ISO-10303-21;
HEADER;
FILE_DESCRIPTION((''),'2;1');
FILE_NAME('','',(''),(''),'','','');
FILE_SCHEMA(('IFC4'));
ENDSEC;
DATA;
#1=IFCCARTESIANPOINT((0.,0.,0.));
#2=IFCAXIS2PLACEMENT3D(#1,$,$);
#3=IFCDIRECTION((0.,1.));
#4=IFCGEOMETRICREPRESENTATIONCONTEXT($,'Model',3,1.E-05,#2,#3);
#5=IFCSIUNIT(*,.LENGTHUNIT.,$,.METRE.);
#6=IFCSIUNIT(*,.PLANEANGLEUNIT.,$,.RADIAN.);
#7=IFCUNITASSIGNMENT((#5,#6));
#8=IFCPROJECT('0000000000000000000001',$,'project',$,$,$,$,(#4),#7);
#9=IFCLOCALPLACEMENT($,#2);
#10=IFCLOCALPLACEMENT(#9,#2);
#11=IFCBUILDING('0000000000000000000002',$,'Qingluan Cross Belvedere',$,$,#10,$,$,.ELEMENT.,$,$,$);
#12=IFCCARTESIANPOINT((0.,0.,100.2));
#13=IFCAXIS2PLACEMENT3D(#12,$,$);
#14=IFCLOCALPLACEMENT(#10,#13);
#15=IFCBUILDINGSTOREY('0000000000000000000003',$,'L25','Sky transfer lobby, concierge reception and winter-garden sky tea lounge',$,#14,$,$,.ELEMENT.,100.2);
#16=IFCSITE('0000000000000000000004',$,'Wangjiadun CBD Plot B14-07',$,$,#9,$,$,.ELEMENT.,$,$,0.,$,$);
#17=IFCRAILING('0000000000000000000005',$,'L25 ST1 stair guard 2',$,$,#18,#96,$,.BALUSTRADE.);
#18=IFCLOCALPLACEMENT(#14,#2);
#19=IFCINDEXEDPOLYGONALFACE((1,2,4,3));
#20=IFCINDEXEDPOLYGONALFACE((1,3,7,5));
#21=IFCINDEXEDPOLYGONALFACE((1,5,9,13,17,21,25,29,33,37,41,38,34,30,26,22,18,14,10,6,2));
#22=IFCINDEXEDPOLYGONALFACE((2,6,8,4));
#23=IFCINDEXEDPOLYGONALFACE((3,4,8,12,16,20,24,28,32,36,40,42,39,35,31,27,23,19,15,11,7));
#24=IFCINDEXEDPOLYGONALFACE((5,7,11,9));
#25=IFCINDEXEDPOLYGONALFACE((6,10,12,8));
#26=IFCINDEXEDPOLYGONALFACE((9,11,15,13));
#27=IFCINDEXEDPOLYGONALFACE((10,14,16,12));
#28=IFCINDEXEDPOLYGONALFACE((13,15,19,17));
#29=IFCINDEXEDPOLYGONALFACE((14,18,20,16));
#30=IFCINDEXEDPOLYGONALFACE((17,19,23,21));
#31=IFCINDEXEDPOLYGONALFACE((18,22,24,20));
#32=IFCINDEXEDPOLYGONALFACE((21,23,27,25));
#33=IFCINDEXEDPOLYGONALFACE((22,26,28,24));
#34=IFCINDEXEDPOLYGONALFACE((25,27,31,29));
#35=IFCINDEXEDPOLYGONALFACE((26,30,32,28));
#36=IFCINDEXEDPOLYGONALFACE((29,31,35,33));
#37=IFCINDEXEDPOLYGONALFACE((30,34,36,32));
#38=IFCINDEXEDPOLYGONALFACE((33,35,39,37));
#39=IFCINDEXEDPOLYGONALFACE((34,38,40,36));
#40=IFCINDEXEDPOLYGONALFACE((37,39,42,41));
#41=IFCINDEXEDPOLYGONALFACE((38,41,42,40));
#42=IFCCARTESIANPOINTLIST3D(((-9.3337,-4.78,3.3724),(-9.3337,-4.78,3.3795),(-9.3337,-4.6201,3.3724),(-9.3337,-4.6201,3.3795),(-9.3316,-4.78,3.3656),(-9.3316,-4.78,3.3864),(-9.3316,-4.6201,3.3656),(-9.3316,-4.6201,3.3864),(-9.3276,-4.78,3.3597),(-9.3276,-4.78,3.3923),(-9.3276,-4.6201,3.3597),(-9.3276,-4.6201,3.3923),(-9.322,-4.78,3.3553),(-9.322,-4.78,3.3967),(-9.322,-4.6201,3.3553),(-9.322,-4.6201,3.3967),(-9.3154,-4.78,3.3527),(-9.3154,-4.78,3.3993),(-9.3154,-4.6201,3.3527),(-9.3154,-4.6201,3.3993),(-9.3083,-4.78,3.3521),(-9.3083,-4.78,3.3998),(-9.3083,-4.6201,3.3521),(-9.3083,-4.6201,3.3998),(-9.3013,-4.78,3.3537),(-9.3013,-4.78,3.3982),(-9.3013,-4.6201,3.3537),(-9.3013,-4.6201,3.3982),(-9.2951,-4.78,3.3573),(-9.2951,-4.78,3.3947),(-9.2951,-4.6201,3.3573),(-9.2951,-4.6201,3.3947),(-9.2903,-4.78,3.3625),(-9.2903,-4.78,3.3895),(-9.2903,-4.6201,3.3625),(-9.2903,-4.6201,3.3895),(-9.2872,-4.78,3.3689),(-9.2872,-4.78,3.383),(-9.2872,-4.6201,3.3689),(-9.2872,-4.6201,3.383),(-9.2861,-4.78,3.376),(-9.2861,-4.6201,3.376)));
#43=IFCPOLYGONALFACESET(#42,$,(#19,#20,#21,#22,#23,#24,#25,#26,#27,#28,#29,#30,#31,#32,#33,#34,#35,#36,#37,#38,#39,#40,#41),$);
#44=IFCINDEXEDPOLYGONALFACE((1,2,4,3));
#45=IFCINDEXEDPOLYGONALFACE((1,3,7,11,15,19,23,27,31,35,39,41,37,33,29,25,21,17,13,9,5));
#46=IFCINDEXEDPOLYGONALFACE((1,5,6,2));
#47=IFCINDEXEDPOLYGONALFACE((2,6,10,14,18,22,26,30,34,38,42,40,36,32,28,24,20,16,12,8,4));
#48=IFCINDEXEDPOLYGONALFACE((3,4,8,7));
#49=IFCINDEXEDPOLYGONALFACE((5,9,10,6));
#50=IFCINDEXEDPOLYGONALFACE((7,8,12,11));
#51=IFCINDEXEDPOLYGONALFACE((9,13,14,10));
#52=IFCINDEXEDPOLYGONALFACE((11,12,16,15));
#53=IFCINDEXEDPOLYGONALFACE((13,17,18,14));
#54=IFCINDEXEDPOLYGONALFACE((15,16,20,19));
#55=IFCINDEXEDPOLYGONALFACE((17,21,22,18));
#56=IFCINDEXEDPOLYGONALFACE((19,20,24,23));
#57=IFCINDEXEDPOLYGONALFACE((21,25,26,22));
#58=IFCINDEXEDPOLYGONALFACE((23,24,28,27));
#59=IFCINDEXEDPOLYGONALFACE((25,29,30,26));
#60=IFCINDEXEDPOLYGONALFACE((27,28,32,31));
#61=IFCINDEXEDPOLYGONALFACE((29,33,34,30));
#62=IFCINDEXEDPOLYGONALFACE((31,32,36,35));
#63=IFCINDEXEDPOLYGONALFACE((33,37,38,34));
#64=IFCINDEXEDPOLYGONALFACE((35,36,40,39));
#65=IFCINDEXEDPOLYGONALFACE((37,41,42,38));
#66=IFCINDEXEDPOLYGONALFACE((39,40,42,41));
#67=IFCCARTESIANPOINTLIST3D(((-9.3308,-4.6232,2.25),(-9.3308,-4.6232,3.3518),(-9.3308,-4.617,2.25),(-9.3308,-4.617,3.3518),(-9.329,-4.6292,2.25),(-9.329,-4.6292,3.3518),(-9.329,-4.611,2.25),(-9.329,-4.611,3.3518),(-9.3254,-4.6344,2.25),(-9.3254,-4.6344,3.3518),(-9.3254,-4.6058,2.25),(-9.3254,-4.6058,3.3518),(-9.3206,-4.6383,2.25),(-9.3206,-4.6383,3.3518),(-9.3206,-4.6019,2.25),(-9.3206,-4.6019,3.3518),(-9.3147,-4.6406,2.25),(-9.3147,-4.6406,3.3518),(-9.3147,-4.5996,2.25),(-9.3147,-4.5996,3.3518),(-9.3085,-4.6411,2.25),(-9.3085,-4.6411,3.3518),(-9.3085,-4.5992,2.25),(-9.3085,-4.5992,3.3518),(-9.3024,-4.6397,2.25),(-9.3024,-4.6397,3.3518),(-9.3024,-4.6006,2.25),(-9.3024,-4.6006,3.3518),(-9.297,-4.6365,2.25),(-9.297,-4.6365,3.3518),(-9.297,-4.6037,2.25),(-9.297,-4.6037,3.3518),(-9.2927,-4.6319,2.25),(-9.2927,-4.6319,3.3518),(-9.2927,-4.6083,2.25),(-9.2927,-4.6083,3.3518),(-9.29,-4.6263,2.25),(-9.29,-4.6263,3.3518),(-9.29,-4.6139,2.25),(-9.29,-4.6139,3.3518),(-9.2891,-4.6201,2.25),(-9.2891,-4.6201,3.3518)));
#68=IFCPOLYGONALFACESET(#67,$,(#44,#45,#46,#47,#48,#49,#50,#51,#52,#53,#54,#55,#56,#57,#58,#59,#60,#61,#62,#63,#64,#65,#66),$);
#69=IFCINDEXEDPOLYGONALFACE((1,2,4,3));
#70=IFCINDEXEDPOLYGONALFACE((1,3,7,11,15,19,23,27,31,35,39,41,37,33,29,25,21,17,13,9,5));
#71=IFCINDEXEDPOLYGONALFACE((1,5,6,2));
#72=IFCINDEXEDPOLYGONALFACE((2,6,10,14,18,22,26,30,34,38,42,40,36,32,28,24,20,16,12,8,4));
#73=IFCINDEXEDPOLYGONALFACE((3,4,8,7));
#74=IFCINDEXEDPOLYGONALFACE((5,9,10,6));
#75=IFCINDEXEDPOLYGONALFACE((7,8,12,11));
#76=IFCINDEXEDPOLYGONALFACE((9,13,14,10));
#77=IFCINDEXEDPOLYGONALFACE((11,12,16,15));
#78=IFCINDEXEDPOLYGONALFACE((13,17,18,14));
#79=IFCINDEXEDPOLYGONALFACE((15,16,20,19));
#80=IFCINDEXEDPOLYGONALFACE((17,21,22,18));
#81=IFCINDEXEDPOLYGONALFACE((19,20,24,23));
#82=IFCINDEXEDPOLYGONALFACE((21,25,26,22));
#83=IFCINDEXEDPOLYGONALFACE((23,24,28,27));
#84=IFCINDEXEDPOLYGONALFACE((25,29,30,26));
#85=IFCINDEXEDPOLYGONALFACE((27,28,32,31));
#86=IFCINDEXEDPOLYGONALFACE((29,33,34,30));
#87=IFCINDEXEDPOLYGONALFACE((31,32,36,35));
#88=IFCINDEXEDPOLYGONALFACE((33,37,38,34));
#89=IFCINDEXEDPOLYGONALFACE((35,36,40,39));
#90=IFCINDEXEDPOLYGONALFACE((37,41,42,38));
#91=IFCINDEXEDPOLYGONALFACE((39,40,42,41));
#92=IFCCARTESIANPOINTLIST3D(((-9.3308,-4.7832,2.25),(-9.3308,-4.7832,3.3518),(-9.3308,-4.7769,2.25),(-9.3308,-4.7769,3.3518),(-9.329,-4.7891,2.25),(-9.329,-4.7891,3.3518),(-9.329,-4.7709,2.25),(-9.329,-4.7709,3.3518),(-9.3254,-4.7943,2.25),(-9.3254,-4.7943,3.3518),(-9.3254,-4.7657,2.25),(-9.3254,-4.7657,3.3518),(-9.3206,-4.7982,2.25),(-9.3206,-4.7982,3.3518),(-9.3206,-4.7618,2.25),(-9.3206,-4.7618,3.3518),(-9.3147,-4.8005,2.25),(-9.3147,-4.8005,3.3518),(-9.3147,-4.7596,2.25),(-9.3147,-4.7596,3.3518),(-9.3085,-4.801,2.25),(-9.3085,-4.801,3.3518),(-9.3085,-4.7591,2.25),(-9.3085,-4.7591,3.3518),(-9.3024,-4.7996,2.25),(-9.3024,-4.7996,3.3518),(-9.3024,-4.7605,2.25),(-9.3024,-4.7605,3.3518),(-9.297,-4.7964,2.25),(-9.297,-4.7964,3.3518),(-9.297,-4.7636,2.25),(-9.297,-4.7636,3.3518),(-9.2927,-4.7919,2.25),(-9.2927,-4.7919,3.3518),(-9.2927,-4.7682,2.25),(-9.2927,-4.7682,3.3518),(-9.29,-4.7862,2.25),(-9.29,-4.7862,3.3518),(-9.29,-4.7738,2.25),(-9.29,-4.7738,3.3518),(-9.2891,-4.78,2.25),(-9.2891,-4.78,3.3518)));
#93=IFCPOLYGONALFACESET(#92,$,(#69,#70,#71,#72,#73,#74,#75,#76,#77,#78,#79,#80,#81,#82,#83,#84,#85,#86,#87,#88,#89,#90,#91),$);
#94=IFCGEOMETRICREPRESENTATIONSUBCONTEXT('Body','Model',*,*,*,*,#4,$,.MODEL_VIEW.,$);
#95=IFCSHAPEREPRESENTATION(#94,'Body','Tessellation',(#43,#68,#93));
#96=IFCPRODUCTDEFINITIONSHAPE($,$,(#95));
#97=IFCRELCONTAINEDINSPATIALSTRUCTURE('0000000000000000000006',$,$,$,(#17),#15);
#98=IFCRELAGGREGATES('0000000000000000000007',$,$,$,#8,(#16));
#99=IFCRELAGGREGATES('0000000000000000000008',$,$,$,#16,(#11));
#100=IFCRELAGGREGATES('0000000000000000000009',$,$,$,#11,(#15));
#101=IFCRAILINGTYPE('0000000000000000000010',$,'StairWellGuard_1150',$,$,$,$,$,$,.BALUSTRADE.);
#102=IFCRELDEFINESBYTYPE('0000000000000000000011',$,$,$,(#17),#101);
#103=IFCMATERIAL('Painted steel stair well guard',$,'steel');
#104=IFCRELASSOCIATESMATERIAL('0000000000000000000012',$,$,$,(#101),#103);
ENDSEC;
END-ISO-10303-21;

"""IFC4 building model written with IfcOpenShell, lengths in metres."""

from ifc_helpers import new_model, si_unit, direction, frame, origin, origin_2d, place, context, subcontext, project, spatial, circle, extrude, material, type_object, element, save


model = new_model("IFC4")

# Units and contexts
model_context = context("Model", 3, precision=1e-05, world=origin(), true_north=direction((0.0, 1.0)))
body_context = subcontext(model_context, "Body", "Model", "MODEL_VIEW")
ifc_project = project(units=[si_unit("LENGTHUNIT", "METRE"), si_unit("PLANEANGLEUNIT", "RADIAN")], contexts=[model_context])

# Site, building, storey
site_placement = place(None, origin())
site = spatial("IfcSite", under=ifc_project, at=site_placement, Name="Wangjiadun CBD Plot B14-07", CompositionType="ELEMENT", RefElevation=0.0)
building_placement = place(site_placement, origin())
building = spatial("IfcBuilding", under=site, at=building_placement, Name="Qingluan Cross Belvedere", CompositionType="ELEMENT")
storey_placement = place(building_placement, frame((0.0, 0.0, 100.2)))
storey = spatial("IfcBuildingStorey", under=building, at=storey_placement, Name="L25", Description="Sky transfer lobby, concierge reception and winter-garden sky tea lounge", CompositionType="ELEMENT", Elevation=100.2)

# Railing
ifc_material_1 = material(Name="Painted steel stair well guard", Category="steel")
railing_type_1 = type_object("IfcRailingType", Name="StairWellGuard_1150", PredefinedType="BALUSTRADE", material=ifc_material_1)
railing_1_placement = place(storey_placement, frame((-9.3101, -4.6201, 2.25)))
element("IfcRailing", 1, at=railing_1_placement, inside=storey, type_object=railing_type_1, Name="L25 ST1 stair guard 2", PredefinedType="BALUSTRADE", context=body_context, shape_type="SweptSolid", body=[
    extrude(circle(Radius=0.0239, at=origin_2d()), frame((0.0, 0.0, 1.126), z_axis=(0.0, -1.0, 0.0), x_axis=(1.0, 0.0, 0.0)), (0.0, 0.0, 1.0), 0.1599),
    extrude(circle(Radius=0.021, at=origin_2d()), origin(), (0.0, 0.0, 1.0), 1.1018),
    extrude(circle(Radius=0.021, at=origin_2d()), frame((0.0, -0.1599, 0.0)), (0.0, 0.0, 1.0), 1.1018),
])

save(model, "model.ifc")
